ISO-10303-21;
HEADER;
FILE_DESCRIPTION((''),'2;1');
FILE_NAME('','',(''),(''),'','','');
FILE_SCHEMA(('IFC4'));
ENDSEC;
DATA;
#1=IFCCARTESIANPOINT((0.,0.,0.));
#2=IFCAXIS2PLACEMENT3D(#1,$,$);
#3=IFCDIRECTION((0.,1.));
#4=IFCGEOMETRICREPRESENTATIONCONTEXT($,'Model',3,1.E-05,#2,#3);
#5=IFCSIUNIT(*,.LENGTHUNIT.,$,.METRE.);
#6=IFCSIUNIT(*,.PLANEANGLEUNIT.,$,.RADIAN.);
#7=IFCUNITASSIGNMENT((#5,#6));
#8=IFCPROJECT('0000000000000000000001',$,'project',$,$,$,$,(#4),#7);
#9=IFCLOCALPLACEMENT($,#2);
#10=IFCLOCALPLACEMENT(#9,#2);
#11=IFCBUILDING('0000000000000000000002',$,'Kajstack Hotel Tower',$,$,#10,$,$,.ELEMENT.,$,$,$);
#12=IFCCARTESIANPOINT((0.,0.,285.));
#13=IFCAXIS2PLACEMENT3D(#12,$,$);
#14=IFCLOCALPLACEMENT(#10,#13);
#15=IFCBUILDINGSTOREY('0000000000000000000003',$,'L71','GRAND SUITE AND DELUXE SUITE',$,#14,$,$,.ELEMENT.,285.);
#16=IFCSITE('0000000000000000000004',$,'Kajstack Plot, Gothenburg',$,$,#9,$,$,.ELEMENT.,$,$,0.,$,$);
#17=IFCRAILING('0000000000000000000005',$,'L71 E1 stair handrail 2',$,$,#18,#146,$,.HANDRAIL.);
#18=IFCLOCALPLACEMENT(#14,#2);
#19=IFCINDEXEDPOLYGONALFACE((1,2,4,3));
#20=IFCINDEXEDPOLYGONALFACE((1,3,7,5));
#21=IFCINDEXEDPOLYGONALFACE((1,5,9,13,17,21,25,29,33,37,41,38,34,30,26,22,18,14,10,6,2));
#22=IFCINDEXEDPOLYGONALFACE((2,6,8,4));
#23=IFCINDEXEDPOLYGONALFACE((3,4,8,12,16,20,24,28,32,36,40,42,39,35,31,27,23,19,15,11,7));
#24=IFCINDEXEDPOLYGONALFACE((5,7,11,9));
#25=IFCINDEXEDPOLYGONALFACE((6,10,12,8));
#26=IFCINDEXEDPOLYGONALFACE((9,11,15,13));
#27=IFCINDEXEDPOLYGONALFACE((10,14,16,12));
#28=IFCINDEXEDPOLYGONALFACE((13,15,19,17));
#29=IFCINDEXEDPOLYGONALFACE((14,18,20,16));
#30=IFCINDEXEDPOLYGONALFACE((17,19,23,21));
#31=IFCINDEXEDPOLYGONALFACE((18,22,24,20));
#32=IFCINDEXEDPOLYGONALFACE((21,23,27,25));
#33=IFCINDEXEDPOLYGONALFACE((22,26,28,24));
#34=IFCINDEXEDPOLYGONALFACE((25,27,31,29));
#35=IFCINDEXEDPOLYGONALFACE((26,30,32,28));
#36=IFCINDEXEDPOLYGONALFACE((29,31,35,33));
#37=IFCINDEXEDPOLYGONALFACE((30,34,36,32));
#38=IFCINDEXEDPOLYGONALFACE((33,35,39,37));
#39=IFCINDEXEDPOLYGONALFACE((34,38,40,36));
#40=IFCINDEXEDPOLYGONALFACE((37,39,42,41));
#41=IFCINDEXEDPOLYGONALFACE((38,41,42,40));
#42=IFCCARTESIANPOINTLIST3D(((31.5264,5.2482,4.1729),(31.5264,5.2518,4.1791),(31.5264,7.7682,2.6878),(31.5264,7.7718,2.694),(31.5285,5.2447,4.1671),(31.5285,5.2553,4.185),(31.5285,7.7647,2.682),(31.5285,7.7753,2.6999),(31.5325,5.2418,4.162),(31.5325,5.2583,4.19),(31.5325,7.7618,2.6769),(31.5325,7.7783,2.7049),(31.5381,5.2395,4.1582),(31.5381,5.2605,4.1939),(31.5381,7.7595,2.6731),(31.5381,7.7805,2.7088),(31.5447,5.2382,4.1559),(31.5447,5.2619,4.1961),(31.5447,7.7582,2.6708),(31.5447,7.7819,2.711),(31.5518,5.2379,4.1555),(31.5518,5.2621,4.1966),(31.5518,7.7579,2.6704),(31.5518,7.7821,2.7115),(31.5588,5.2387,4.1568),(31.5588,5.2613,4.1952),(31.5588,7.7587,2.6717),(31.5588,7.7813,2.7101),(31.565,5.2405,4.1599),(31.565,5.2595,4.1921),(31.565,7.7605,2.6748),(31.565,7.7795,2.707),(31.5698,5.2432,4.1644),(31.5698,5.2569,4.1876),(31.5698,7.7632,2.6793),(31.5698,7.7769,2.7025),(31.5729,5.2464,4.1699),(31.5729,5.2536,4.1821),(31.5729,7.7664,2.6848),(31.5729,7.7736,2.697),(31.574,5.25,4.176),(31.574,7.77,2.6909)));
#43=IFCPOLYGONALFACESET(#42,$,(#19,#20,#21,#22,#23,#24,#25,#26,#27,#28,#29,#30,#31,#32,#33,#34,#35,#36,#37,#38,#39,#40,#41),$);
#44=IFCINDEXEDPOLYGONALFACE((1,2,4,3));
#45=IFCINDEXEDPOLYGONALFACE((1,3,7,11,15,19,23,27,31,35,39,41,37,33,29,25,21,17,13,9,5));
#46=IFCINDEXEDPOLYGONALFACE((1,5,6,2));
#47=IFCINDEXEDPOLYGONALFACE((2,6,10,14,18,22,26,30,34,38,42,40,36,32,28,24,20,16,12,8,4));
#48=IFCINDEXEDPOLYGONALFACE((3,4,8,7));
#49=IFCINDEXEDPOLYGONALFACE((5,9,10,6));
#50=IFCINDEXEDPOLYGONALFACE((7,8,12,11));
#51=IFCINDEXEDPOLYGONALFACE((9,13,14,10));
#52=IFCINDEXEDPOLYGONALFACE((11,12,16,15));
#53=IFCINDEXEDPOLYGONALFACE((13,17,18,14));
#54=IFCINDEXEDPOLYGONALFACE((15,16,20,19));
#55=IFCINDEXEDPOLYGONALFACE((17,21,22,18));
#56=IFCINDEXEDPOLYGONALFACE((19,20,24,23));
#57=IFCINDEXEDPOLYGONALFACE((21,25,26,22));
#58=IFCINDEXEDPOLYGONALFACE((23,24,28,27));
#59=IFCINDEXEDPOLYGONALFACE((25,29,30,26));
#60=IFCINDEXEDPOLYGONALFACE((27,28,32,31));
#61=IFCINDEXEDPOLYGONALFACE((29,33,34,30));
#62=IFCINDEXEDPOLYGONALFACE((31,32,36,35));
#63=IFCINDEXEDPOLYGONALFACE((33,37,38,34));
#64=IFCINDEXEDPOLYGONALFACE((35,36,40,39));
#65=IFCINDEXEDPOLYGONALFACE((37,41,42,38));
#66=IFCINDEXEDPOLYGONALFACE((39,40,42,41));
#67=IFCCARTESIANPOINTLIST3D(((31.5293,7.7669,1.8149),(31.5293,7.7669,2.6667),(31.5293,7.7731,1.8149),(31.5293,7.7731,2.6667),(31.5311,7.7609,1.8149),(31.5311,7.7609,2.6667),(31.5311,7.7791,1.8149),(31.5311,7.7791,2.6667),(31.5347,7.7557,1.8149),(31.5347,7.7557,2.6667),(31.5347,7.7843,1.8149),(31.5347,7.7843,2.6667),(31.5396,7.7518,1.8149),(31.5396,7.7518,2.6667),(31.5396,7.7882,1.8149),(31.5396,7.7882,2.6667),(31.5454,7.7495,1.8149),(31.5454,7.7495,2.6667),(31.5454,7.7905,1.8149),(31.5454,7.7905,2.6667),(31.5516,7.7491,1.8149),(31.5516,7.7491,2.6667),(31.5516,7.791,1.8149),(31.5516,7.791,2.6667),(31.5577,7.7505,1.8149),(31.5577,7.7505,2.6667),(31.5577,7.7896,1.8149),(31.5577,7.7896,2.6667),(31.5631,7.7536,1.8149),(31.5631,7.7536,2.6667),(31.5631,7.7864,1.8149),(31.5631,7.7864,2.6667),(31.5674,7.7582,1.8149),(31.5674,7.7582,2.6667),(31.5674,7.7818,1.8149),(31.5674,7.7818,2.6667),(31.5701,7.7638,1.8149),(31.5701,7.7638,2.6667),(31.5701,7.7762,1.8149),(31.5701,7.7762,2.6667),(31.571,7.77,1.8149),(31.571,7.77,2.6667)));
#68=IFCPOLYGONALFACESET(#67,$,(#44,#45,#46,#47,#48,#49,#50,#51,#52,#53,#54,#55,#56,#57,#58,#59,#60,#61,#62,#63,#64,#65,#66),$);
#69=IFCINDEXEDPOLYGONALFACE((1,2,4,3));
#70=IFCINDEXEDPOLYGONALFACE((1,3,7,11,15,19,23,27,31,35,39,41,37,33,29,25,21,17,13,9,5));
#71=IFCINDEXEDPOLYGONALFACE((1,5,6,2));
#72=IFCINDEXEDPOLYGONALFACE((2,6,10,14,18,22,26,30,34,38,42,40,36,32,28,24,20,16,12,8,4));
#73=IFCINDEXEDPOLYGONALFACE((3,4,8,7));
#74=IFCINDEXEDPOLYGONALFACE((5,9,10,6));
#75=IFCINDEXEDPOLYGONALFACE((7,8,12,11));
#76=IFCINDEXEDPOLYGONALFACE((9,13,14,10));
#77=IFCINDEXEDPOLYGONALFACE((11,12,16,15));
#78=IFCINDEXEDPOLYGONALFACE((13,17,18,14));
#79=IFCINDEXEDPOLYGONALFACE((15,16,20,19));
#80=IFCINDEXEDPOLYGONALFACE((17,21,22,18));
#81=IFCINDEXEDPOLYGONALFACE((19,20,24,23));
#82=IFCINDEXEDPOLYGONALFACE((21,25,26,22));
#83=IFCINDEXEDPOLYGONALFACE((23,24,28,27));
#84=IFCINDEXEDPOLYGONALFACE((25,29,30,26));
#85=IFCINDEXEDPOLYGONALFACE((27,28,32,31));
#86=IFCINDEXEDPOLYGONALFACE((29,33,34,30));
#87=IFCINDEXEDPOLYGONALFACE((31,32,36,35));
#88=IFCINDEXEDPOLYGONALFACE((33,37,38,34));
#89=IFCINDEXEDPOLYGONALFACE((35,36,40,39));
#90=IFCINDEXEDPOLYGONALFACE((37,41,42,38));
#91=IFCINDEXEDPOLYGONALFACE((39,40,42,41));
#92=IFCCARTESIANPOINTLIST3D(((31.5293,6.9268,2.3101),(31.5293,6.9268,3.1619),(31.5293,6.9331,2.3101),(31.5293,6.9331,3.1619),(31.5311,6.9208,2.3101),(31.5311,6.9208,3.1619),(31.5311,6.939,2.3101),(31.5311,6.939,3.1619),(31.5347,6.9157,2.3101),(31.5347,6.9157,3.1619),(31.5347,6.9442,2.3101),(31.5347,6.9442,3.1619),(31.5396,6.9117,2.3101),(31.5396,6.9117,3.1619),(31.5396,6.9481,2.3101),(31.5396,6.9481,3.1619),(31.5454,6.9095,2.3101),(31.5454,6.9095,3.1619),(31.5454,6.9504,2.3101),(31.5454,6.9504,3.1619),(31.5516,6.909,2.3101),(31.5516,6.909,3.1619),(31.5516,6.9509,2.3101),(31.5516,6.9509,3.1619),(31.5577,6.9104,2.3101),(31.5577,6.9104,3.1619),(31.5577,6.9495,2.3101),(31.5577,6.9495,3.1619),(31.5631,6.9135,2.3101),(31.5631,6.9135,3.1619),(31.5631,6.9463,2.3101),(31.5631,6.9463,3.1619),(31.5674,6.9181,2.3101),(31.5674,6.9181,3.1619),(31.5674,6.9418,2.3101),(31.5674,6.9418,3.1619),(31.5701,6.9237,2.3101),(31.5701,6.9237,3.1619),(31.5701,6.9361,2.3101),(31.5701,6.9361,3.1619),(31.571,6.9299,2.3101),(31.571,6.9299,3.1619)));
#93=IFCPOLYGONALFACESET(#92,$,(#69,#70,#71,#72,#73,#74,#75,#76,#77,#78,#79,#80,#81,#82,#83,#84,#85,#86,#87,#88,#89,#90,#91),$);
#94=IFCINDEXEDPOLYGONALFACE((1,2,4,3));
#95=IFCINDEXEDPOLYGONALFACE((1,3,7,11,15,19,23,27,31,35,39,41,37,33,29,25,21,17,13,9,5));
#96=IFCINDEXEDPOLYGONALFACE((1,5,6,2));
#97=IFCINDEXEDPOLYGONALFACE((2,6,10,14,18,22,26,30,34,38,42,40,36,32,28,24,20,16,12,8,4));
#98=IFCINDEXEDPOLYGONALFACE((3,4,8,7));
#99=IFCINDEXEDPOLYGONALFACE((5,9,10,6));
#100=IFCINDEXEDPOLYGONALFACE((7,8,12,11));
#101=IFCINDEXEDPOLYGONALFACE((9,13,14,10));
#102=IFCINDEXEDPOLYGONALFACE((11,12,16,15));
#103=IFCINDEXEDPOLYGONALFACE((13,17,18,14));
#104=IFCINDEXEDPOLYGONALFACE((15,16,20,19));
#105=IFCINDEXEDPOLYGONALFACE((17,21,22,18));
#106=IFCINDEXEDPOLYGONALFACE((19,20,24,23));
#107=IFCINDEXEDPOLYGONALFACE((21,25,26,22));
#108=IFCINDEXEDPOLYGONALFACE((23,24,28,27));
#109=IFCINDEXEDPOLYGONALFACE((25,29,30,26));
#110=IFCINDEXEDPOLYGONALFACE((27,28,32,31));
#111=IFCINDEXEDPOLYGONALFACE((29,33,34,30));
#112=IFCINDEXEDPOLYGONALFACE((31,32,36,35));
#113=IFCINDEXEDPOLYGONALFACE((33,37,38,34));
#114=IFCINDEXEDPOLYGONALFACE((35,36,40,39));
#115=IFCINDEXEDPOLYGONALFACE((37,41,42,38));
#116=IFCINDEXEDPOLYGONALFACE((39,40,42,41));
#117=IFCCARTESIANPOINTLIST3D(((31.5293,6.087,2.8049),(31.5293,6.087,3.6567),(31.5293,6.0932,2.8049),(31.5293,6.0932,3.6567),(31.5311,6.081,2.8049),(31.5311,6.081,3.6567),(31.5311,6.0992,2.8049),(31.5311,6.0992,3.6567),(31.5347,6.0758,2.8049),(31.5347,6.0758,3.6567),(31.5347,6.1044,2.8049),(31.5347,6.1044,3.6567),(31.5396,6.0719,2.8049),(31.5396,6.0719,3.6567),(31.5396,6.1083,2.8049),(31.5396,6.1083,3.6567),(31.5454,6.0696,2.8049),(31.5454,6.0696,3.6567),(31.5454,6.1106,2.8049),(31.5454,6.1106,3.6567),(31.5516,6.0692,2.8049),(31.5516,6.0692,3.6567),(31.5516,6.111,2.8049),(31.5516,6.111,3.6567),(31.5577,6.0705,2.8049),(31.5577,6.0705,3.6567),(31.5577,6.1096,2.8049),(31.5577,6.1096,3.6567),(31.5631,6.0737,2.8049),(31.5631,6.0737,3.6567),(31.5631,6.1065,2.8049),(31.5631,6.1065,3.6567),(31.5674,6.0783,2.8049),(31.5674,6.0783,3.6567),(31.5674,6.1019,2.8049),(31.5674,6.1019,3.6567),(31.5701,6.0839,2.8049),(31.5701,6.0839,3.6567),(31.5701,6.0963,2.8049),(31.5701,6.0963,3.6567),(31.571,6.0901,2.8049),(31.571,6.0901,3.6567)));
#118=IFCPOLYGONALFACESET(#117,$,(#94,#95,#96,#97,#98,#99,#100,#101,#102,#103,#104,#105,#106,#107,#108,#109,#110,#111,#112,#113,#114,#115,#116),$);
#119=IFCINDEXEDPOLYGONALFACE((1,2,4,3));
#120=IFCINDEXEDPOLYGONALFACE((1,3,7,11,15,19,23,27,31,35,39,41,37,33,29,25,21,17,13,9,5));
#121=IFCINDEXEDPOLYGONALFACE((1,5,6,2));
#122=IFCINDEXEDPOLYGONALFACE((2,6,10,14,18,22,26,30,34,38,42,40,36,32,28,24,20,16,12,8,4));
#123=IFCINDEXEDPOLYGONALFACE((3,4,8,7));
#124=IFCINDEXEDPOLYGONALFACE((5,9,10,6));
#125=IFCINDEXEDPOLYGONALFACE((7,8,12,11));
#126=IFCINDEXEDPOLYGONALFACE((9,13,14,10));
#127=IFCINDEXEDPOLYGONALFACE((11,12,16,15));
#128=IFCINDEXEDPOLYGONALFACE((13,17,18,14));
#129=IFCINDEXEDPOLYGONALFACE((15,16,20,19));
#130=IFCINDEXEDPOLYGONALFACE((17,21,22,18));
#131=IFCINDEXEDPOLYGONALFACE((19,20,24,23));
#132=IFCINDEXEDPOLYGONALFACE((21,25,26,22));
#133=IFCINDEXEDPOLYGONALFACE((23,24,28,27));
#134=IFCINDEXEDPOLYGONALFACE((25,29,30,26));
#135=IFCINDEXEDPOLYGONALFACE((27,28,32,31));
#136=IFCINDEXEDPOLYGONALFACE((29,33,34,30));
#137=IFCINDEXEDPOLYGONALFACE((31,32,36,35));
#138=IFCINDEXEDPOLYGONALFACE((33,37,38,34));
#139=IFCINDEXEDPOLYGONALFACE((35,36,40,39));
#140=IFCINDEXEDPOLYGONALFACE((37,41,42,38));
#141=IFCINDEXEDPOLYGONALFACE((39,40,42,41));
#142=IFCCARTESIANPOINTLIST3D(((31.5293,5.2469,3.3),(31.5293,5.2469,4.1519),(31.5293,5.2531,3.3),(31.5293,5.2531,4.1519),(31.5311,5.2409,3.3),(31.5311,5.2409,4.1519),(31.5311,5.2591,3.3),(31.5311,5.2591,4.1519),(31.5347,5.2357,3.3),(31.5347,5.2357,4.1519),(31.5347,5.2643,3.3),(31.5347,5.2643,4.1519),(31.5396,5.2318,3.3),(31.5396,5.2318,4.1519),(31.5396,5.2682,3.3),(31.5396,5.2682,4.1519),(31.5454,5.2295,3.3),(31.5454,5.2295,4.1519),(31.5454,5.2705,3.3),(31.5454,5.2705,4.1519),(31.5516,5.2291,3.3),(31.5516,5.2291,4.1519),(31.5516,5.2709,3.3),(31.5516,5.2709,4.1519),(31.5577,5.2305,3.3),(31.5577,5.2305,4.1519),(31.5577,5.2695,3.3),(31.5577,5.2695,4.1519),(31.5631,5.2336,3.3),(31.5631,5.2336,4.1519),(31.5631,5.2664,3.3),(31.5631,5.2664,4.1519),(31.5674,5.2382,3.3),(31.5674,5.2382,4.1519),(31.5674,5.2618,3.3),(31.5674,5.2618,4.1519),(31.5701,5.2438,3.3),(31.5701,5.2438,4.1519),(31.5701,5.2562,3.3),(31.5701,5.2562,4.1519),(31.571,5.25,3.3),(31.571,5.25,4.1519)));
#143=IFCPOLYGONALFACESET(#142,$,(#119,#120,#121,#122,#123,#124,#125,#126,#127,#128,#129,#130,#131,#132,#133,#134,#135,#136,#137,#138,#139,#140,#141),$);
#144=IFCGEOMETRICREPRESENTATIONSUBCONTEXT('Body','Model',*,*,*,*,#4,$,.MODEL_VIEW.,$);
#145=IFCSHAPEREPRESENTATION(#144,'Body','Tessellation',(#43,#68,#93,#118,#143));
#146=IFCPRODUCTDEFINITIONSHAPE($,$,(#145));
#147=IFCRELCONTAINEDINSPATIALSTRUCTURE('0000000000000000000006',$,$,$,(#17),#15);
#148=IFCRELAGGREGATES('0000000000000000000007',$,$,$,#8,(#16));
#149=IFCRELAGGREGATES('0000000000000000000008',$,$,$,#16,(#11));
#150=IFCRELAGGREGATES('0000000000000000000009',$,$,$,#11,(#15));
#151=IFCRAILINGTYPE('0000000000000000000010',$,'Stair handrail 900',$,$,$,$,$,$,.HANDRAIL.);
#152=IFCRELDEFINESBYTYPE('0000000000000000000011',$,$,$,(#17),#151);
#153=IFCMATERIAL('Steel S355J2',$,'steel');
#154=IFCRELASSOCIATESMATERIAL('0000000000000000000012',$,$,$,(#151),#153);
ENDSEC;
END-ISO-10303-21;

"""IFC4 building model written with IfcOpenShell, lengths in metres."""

from ifc_helpers import new_model, si_unit, direction, frame, origin, origin_2d, place, context, subcontext, project, spatial, circle, extrude, material, type_object, element, save


model = new_model("IFC4")

# Units and contexts
model_context = context("Model", 3, precision=1e-05, world=origin(), true_north=direction((0.0, 1.0)))
body_context = subcontext(model_context, "Body", "Model", "MODEL_VIEW")
ifc_project = project(units=[si_unit("LENGTHUNIT", "METRE"), si_unit("PLANEANGLEUNIT", "RADIAN")], contexts=[model_context])

# Site, building, storey
site_placement = place(None, origin())
site = spatial("IfcSite", under=ifc_project, at=site_placement, Name="Kajstack Plot, Gothenburg", CompositionType="ELEMENT", RefElevation=0.0)
building_placement = place(site_placement, origin())
building = spatial("IfcBuilding", under=site, at=building_placement, Name="Kajstack Hotel Tower", CompositionType="ELEMENT")
storey_placement = place(building_placement, frame((0.0, 0.0, 285.0)))
storey = spatial("IfcBuildingStorey", under=building, at=storey_placement, Name="L71", Description="GRAND SUITE AND DELUXE SUITE", CompositionType="ELEMENT", Elevation=285.0)

# Railing
ifc_material_1 = material(Name="Steel S355J2", Category="steel")
railing_type_1 = type_object("IfcRailingType", Name="Stair handrail 900", PredefinedType="HANDRAIL", material=ifc_material_1)
railing_1_placement = place(storey_placement, frame((31.55, 7.77, 1.8149)))
element("IfcRailing", 1, at=railing_1_placement, inside=storey, type_object=railing_type_1, Name="L71 E1 stair handrail 2", PredefinedType="HANDRAIL", context=body_context, shape_type="SweptSolid", body=[
    extrude(circle(Radius=0.0239, at=origin_2d()), frame((0.0, 0.0, 0.876), z_axis=(0.0, -0.861524, 0.507717), x_axis=(1.0, 0.0, 0.0)), (0.0, 0.0, 1.0), 2.925),
    extrude(circle(Radius=0.021, at=origin_2d()), origin(), (0.0, 0.0, 1.0), 0.8518),
    extrude(circle(Radius=0.021, at=origin_2d()), frame((0.0, -0.8401, 0.4951)), (0.0, 0.0, 1.0), 0.8518),
    extrude(circle(Radius=0.021, at=origin_2d()), frame((0.0, -1.6799, 0.99)), (0.0, 0.0, 1.0), 0.8518),
    extrude(circle(Radius=0.021, at=origin_2d()), frame((0.0, -2.52, 1.4851)), (0.0, 0.0, 1.0), 0.8518),
])

save(model, "model.ifc")
